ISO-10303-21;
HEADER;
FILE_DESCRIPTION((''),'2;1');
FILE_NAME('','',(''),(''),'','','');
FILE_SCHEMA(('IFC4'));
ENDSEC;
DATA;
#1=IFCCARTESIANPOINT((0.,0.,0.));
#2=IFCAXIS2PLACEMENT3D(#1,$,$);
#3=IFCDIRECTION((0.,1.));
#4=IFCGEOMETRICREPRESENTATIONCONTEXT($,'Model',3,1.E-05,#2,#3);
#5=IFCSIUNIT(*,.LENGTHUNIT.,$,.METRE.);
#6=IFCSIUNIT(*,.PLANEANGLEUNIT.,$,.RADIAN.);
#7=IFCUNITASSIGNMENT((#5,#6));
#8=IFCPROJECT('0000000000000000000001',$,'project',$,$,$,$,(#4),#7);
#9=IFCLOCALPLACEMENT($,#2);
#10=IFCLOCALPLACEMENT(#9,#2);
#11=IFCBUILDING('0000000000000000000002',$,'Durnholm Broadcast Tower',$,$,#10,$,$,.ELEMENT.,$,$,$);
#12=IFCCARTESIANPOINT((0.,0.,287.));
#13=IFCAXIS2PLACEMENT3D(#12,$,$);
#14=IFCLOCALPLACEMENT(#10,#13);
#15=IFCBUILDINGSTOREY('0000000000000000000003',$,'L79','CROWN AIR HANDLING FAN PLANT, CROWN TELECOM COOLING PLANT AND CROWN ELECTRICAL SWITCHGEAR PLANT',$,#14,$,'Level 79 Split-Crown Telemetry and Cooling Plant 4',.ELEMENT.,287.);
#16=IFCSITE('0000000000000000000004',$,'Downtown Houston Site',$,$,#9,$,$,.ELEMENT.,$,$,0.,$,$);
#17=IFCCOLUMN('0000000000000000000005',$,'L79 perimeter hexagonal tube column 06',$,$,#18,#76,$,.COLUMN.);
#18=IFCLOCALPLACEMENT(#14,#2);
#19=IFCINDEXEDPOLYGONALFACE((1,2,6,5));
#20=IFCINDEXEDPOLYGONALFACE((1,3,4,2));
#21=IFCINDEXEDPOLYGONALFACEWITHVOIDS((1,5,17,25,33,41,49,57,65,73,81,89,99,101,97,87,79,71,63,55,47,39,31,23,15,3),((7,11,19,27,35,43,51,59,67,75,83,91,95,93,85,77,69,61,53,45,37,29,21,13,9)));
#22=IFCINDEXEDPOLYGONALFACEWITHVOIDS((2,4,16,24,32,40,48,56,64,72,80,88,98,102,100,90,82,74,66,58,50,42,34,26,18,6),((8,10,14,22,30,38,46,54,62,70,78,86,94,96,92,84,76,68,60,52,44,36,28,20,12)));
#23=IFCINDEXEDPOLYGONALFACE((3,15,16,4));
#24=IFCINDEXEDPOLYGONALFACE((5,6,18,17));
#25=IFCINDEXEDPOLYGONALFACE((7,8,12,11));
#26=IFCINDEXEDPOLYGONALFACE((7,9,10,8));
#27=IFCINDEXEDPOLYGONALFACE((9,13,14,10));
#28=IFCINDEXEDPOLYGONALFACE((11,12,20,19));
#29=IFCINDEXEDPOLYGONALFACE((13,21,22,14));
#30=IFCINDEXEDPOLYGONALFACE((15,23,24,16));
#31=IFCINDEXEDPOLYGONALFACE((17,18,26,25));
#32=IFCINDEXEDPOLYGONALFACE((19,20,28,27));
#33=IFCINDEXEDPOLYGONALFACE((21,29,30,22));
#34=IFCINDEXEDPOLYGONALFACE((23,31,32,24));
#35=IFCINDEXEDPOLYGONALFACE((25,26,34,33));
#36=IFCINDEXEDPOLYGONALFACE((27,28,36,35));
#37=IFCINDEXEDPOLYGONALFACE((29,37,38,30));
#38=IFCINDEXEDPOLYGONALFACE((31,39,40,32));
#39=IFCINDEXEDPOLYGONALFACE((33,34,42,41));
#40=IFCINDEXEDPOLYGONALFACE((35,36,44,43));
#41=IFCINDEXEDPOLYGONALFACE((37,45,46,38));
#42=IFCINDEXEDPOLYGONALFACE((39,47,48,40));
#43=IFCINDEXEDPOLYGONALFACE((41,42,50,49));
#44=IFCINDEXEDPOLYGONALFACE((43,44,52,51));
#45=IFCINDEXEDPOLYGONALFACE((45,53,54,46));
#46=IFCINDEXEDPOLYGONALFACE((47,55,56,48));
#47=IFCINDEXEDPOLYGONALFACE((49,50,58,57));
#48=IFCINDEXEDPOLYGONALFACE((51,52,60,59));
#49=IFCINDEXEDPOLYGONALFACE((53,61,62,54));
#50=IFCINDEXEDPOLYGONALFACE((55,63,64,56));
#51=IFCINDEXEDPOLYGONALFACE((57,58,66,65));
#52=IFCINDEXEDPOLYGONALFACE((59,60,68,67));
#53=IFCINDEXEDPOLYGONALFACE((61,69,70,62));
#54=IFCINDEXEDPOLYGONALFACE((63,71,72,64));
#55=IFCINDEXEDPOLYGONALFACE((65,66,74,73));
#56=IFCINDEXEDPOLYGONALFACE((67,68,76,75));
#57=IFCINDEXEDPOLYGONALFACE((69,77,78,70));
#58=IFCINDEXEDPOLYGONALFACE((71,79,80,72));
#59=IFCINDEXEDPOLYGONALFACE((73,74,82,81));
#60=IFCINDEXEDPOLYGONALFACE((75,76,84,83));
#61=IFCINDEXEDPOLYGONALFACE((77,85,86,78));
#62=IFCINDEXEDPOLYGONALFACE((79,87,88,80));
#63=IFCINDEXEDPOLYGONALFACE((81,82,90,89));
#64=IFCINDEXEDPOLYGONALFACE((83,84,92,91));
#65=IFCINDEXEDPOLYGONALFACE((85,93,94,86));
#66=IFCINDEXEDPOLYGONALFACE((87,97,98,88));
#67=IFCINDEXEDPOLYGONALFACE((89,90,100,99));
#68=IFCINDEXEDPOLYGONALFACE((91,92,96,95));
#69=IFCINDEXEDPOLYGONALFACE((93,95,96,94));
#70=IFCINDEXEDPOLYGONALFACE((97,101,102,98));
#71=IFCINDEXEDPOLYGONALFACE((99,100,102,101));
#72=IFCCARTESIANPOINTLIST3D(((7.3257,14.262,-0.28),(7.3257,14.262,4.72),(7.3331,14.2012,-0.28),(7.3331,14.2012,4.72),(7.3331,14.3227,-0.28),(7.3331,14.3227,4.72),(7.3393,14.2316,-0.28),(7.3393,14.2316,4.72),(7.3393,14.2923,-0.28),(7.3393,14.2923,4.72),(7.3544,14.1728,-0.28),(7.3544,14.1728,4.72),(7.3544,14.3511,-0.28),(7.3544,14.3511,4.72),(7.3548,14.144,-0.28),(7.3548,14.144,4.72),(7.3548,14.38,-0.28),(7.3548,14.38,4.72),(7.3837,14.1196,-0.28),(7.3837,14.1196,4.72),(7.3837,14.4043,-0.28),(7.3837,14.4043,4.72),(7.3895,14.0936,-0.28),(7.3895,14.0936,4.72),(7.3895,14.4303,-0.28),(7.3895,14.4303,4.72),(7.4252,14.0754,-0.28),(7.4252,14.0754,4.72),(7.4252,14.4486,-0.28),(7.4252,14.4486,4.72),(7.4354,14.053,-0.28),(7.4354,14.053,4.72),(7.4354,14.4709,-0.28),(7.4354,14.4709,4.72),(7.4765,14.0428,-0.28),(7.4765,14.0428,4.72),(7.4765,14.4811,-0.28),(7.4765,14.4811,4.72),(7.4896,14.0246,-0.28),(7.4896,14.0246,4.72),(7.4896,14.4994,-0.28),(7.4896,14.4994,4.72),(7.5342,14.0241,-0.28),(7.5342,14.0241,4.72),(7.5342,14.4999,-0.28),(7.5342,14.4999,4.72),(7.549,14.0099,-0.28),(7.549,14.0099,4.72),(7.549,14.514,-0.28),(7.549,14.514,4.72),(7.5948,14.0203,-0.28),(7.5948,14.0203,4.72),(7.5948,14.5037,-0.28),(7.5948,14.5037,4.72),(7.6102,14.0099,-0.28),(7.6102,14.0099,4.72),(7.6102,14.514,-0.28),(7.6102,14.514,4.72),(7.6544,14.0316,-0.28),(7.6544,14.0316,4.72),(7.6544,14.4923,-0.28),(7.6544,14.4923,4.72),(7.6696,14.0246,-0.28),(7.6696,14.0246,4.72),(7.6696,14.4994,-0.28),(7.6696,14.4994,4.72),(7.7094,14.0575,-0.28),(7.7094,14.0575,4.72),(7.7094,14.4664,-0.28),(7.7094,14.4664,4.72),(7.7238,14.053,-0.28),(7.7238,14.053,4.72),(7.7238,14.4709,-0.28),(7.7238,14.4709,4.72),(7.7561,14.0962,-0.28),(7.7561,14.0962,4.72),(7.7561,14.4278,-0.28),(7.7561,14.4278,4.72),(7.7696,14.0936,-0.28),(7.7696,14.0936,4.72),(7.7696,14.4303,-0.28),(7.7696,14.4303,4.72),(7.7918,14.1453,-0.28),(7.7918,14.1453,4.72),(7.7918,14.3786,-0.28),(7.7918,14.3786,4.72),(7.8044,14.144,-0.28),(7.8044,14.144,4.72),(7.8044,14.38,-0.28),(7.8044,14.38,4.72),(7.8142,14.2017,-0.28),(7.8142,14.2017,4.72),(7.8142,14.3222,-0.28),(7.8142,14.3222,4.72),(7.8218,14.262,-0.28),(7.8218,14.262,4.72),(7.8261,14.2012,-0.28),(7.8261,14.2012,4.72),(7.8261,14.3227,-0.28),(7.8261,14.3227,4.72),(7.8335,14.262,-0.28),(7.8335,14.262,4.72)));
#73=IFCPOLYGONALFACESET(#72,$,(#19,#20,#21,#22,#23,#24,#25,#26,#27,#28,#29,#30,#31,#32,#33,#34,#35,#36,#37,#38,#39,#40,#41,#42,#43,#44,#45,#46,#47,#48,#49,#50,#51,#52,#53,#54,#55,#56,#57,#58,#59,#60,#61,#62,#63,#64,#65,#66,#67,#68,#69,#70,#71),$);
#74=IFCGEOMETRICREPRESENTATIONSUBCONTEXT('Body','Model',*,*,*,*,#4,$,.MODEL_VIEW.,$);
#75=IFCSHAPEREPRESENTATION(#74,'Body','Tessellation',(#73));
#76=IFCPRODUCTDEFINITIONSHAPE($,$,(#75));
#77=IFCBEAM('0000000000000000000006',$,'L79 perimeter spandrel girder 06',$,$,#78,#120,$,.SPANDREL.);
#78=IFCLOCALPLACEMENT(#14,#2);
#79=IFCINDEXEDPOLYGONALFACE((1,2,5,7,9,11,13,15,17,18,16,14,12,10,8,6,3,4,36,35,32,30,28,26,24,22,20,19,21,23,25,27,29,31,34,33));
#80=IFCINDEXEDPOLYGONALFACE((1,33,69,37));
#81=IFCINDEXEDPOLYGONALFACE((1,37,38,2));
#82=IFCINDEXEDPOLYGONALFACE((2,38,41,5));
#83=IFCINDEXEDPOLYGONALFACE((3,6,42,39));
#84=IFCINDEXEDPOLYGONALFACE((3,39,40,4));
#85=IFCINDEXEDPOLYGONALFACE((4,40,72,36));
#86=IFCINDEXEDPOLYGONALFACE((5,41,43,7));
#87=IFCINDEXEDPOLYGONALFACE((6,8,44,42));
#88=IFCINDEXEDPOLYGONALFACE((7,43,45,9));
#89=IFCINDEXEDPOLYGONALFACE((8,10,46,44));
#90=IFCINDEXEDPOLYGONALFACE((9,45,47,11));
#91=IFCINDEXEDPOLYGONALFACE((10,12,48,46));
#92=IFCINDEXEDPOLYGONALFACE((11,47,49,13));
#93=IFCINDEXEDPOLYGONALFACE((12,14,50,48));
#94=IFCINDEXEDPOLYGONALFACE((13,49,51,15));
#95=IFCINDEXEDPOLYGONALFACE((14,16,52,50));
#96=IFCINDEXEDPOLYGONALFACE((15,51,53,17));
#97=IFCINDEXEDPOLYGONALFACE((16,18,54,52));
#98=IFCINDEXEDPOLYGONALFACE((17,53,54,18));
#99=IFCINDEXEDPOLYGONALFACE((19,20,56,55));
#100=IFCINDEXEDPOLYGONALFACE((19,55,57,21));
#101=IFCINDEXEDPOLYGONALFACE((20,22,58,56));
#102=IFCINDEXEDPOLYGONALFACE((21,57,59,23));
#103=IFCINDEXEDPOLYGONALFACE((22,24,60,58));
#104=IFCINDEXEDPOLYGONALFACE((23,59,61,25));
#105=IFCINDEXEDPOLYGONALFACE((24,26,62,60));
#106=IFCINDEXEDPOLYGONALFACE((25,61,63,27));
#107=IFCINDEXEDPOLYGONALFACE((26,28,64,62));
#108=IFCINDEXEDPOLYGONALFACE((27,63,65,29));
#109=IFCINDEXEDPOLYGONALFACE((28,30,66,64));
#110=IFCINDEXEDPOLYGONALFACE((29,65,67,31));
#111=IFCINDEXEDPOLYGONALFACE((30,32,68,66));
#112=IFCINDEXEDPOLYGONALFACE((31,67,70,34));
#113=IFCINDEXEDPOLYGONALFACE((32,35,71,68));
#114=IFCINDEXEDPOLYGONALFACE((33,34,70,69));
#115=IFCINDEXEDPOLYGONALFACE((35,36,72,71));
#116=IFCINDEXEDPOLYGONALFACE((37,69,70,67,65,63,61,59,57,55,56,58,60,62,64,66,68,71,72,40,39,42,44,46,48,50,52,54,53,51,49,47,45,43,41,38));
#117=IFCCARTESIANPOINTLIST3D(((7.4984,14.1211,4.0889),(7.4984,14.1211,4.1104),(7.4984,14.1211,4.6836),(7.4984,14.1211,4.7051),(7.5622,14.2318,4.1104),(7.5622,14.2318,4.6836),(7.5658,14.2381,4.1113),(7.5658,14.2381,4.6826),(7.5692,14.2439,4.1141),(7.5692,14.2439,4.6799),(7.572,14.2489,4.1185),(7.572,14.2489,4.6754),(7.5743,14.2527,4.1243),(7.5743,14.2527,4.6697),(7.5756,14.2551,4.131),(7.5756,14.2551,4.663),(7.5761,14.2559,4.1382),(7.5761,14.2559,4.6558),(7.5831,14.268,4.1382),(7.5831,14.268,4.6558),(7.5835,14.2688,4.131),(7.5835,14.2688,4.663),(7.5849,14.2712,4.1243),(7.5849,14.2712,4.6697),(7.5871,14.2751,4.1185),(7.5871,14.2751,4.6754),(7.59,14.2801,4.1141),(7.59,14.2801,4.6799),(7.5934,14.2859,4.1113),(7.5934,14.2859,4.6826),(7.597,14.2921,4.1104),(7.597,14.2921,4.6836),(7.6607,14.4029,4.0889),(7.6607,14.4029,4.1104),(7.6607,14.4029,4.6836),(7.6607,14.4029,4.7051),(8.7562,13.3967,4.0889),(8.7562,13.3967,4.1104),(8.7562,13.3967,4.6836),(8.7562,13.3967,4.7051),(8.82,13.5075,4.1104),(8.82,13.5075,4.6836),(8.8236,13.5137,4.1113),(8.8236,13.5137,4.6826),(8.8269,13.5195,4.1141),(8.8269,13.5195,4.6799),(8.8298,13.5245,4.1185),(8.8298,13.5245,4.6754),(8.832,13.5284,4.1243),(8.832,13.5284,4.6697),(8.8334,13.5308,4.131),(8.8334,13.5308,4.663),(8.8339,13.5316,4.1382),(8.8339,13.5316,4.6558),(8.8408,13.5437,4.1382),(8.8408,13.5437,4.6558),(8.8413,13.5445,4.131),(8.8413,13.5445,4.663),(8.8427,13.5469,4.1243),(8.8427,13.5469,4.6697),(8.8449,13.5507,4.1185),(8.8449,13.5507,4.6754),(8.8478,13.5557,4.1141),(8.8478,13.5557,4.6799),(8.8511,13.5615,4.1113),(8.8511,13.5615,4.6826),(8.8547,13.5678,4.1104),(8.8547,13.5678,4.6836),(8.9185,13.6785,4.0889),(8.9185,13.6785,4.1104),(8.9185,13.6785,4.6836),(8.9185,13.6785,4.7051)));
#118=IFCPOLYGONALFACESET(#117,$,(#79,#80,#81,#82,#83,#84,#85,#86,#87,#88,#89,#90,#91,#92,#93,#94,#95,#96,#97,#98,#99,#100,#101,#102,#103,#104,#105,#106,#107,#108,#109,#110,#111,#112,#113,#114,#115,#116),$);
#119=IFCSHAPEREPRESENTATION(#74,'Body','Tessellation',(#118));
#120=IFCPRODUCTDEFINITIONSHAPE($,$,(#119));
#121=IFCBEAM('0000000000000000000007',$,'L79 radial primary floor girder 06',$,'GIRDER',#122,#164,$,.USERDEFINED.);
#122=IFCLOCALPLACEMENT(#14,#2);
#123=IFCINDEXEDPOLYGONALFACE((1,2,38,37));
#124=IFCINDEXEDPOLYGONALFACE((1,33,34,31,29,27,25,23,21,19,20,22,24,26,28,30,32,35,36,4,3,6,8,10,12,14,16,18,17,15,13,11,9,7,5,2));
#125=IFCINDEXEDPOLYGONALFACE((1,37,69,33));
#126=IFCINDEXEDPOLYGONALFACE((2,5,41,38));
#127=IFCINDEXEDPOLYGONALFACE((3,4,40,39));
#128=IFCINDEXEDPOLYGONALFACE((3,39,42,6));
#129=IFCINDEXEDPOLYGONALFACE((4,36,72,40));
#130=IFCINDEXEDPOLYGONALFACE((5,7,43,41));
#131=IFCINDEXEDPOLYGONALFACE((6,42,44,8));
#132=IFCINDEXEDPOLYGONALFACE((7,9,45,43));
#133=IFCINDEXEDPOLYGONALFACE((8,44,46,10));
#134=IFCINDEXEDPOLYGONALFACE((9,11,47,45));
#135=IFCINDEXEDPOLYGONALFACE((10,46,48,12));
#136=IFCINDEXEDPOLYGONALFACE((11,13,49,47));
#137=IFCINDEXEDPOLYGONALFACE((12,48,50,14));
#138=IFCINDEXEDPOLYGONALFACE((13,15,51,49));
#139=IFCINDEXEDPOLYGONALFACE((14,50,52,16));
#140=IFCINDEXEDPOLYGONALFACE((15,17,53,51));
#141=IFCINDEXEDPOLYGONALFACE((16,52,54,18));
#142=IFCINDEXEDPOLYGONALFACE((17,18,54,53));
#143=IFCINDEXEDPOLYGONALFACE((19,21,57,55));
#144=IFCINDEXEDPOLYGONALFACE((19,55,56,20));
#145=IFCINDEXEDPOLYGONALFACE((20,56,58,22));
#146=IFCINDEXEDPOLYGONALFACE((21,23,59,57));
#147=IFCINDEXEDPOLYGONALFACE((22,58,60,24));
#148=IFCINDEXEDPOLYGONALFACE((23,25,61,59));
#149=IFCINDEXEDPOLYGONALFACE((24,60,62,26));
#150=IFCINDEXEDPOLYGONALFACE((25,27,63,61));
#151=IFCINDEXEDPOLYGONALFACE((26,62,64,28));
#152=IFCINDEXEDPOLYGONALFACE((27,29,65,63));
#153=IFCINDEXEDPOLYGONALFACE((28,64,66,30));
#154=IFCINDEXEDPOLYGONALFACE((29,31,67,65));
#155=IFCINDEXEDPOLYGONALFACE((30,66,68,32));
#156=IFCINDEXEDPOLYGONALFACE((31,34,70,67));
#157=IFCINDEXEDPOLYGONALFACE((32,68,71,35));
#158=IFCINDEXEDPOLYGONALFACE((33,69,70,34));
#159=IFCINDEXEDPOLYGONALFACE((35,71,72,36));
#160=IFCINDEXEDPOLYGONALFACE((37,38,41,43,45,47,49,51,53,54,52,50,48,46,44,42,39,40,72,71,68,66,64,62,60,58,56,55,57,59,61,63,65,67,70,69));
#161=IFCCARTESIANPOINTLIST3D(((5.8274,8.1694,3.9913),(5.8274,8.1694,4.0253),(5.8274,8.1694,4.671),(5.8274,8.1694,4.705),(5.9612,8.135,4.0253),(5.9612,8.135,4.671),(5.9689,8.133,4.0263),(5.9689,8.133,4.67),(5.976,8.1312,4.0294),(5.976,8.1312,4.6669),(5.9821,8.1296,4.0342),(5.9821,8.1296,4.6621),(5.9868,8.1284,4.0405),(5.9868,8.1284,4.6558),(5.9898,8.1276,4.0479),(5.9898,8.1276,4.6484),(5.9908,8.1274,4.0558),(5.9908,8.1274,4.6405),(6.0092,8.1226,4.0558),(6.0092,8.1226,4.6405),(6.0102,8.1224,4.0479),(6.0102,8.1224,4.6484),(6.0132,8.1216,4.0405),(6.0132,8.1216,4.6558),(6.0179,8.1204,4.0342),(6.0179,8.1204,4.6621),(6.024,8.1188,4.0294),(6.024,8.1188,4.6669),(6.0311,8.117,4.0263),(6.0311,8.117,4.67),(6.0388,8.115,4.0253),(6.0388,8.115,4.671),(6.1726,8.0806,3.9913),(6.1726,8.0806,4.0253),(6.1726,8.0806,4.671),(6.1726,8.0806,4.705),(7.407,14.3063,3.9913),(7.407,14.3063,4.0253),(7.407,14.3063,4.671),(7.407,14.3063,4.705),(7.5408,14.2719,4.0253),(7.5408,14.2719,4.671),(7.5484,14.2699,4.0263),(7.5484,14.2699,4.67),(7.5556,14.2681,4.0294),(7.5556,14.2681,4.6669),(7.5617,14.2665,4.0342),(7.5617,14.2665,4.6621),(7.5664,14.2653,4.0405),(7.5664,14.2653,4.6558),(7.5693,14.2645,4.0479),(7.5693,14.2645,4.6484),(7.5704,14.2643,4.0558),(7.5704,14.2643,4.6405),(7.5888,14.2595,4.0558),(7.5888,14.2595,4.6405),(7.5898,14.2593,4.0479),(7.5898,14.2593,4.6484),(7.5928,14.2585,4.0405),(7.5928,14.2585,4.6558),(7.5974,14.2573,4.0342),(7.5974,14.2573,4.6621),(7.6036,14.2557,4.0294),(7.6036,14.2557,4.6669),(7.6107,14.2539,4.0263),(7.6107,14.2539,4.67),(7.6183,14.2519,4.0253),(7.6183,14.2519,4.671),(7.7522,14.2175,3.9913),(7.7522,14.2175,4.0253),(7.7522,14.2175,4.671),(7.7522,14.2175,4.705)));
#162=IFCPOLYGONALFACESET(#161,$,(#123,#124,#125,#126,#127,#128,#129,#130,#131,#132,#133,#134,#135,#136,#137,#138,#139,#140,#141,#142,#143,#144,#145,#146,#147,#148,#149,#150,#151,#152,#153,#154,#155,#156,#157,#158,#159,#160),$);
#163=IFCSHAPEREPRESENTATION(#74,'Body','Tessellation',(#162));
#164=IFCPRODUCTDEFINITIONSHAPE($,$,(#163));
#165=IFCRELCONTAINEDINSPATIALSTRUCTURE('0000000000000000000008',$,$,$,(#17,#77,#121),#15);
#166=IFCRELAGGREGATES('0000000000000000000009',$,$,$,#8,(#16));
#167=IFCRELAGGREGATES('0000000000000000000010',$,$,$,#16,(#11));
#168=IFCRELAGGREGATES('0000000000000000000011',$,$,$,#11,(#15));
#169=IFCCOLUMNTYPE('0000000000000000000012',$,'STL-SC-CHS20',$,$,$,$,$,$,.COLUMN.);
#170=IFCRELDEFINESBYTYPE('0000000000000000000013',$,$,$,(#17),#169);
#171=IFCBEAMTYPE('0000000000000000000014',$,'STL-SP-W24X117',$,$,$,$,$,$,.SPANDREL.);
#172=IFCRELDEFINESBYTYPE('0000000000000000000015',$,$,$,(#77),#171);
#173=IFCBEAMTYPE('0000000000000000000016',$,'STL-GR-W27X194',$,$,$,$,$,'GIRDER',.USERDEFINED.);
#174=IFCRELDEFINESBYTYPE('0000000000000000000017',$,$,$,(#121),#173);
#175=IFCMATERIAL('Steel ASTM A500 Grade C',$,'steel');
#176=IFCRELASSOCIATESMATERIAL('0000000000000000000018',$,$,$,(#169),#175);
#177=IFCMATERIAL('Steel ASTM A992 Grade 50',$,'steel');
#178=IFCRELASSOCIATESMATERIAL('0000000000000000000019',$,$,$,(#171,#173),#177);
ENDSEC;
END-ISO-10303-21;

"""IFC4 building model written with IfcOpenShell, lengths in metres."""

from ifc_helpers import new_model, si_unit, direction, frame, origin, origin_2d, place, context, subcontext, project, spatial, hollow_circle, i_section, extrude, source, transform, mapped, material, material_profile, profile_set, type_object, type_shapes, element, save


model = new_model("IFC4")

# Units and contexts
model_context = context("Model", 3, precision=1e-05, world=origin(), true_north=direction((0.0, 1.0)))
body_context = subcontext(model_context, "Body", "Model", "MODEL_VIEW")
ifc_project = project(units=[si_unit("LENGTHUNIT", "METRE"), si_unit("PLANEANGLEUNIT", "RADIAN")], contexts=[model_context])

# Site, building, storey
site_placement = place(None, origin())
site = spatial("IfcSite", under=ifc_project, at=site_placement, Name="Downtown Houston Site", CompositionType="ELEMENT", RefElevation=0.0)
building_placement = place(site_placement, origin())
building = spatial("IfcBuilding", under=site, at=building_placement, Name="Durnholm Broadcast Tower", CompositionType="ELEMENT")
storey_placement = place(building_placement, frame((0.0, 0.0, 287.0)))
storey = spatial("IfcBuildingStorey", under=building, at=storey_placement, Name="L79", Description="CROWN AIR HANDLING FAN PLANT, CROWN TELECOM COOLING PLANT AND CROWN ELECTRICAL SWITCHGEAR PLANT", LongName="Level 79 Split-Crown Telemetry and Cooling Plant 4", CompositionType="ELEMENT", Elevation=287.0)

# Column
ifc_material_1 = material(Name="Steel ASTM A500 Grade C", Category="steel")
ifc_material_profile_1 = material_profile(ifc_material_1, hollow_circle(Radius=0.2539, WallThickness=0.0117, at=origin_2d()), Name="HSS20.000X0.500")
ifc_profile_set_1 = profile_set([ifc_material_profile_1], Name="Steel ASTM A500 Grade C")
column_type = type_object("IfcColumnType", Name="STL-SC-CHS20", PredefinedType="COLUMN", material=ifc_profile_set_1)
shared_shape_1 = source(origin(), body_context, "Body", "SweptSolid", [
    extrude(hollow_circle(Radius=0.2539, WallThickness=0.0117, at=origin_2d()), origin(), (0.0, 0.0, 1.0), 5.0),
])
type_shapes(column_type, [shared_shape_1])
column_placement = place(storey_placement, frame((7.5796, 14.262, -0.28), z_axis=(0.0, 0.0, 1.0), x_axis=(1.0, 0.0, 0.0)))
element("IfcColumn", 1, at=column_placement, inside=storey, type_object=column_type, Name="L79 perimeter hexagonal tube column 06", PredefinedType="COLUMN", context=body_context, shape_type="MappedRepresentation", body=[
    mapped(shared_shape_1, transform((0.0, 0.0, 0.0), x_axis=(1.0, 0.0, 0.0), y_axis=(0.0, 1.0, 0.0), z_axis=(0.0, 0.0, 1.0), scale=1.0)),
])

# Beams
ifc_material_2 = material(Name="Steel ASTM A992 Grade 50", Category="steel")
ifc_material_profile_2 = material_profile(ifc_material_2, i_section(OverallWidth=0.3252, OverallDepth=0.6162, WebThickness=0.0139, FlangeThickness=0.0215, FilletRadius=0.0278, at=origin_2d()), Name="W24X117")
ifc_profile_set_2 = profile_set([ifc_material_profile_2], Name="Steel ASTM A992 Grade 50")
beam_type_1 = type_object("IfcBeamType", Name="STL-SP-W24X117", PredefinedType="SPANDREL", material=ifc_profile_set_2)
shared_shape_2 = source(origin(), body_context, "Body", "SweptSolid", [
    extrude(i_section(OverallWidth=0.3252, OverallDepth=0.6162, WebThickness=0.0139, FlangeThickness=0.0215, FilletRadius=0.0278, at=origin_2d()), origin(), (0.0, 0.0, 1.0), 1.4514),
])
type_shapes(beam_type_1, [shared_shape_2])
beam_1_placement = place(storey_placement, frame((7.5796, 14.262, 4.397), z_axis=(0.866572, -0.499052, 0.0), x_axis=(0.499052, 0.866572, 0.0)))
element("IfcBeam", 2, at=beam_1_placement, inside=storey, type_object=beam_type_1, Name="L79 perimeter spandrel girder 06", PredefinedType="SPANDREL", context=body_context, shape_type="MappedRepresentation", body=[
    mapped(shared_shape_2, transform((0.0, 0.0, 0.0), x_axis=(1.0, 0.0, 0.0), y_axis=(0.0, 1.0, 0.0), z_axis=(0.0, 0.0, 1.0), scale=1.0)),
])
ifc_material_profile_3 = material_profile(ifc_material_2, i_section(OverallWidth=0.3564, OverallDepth=0.7136, WebThickness=0.019, FlangeThickness=0.0339, FilletRadius=0.0305, at=origin_2d()), Name="W27X194")
ifc_profile_set_3 = profile_set([ifc_material_profile_3], Name="Steel ASTM A992 Grade 50")
beam_type_2 = type_object("IfcBeamType", Name="STL-GR-W27X194", ElementType="GIRDER", PredefinedType="USERDEFINED", material=ifc_profile_set_3)
shared_shape_3 = source(origin(), body_context, "Body", "SweptSolid", [
    extrude(i_section(OverallWidth=0.3564, OverallDepth=0.7136, WebThickness=0.019, FlangeThickness=0.0339, FilletRadius=0.0305, at=origin_2d()), origin(), (0.0, 0.0, 1.0), 6.3369),
])
type_shapes(beam_type_2, [shared_shape_3])
beam_2_placement = place(storey_placement, frame((6.0, 8.125, 4.3481), z_axis=(0.249265, 0.968435, 0.0), x_axis=(-0.968435, 0.249265, 0.0)))
element("IfcBeam", 3, at=beam_2_placement, inside=storey, type_object=beam_type_2, Name="L79 radial primary floor girder 06", ObjectType="GIRDER", PredefinedType="USERDEFINED", context=body_context, shape_type="MappedRepresentation", body=[
    mapped(shared_shape_3, transform((0.0, 0.0, 0.0), x_axis=(1.0, 0.0, 0.0), y_axis=(0.0, 1.0, 0.0), z_axis=(0.0, 0.0, 1.0), scale=1.0)),
])

save(model, "model.ifc")
